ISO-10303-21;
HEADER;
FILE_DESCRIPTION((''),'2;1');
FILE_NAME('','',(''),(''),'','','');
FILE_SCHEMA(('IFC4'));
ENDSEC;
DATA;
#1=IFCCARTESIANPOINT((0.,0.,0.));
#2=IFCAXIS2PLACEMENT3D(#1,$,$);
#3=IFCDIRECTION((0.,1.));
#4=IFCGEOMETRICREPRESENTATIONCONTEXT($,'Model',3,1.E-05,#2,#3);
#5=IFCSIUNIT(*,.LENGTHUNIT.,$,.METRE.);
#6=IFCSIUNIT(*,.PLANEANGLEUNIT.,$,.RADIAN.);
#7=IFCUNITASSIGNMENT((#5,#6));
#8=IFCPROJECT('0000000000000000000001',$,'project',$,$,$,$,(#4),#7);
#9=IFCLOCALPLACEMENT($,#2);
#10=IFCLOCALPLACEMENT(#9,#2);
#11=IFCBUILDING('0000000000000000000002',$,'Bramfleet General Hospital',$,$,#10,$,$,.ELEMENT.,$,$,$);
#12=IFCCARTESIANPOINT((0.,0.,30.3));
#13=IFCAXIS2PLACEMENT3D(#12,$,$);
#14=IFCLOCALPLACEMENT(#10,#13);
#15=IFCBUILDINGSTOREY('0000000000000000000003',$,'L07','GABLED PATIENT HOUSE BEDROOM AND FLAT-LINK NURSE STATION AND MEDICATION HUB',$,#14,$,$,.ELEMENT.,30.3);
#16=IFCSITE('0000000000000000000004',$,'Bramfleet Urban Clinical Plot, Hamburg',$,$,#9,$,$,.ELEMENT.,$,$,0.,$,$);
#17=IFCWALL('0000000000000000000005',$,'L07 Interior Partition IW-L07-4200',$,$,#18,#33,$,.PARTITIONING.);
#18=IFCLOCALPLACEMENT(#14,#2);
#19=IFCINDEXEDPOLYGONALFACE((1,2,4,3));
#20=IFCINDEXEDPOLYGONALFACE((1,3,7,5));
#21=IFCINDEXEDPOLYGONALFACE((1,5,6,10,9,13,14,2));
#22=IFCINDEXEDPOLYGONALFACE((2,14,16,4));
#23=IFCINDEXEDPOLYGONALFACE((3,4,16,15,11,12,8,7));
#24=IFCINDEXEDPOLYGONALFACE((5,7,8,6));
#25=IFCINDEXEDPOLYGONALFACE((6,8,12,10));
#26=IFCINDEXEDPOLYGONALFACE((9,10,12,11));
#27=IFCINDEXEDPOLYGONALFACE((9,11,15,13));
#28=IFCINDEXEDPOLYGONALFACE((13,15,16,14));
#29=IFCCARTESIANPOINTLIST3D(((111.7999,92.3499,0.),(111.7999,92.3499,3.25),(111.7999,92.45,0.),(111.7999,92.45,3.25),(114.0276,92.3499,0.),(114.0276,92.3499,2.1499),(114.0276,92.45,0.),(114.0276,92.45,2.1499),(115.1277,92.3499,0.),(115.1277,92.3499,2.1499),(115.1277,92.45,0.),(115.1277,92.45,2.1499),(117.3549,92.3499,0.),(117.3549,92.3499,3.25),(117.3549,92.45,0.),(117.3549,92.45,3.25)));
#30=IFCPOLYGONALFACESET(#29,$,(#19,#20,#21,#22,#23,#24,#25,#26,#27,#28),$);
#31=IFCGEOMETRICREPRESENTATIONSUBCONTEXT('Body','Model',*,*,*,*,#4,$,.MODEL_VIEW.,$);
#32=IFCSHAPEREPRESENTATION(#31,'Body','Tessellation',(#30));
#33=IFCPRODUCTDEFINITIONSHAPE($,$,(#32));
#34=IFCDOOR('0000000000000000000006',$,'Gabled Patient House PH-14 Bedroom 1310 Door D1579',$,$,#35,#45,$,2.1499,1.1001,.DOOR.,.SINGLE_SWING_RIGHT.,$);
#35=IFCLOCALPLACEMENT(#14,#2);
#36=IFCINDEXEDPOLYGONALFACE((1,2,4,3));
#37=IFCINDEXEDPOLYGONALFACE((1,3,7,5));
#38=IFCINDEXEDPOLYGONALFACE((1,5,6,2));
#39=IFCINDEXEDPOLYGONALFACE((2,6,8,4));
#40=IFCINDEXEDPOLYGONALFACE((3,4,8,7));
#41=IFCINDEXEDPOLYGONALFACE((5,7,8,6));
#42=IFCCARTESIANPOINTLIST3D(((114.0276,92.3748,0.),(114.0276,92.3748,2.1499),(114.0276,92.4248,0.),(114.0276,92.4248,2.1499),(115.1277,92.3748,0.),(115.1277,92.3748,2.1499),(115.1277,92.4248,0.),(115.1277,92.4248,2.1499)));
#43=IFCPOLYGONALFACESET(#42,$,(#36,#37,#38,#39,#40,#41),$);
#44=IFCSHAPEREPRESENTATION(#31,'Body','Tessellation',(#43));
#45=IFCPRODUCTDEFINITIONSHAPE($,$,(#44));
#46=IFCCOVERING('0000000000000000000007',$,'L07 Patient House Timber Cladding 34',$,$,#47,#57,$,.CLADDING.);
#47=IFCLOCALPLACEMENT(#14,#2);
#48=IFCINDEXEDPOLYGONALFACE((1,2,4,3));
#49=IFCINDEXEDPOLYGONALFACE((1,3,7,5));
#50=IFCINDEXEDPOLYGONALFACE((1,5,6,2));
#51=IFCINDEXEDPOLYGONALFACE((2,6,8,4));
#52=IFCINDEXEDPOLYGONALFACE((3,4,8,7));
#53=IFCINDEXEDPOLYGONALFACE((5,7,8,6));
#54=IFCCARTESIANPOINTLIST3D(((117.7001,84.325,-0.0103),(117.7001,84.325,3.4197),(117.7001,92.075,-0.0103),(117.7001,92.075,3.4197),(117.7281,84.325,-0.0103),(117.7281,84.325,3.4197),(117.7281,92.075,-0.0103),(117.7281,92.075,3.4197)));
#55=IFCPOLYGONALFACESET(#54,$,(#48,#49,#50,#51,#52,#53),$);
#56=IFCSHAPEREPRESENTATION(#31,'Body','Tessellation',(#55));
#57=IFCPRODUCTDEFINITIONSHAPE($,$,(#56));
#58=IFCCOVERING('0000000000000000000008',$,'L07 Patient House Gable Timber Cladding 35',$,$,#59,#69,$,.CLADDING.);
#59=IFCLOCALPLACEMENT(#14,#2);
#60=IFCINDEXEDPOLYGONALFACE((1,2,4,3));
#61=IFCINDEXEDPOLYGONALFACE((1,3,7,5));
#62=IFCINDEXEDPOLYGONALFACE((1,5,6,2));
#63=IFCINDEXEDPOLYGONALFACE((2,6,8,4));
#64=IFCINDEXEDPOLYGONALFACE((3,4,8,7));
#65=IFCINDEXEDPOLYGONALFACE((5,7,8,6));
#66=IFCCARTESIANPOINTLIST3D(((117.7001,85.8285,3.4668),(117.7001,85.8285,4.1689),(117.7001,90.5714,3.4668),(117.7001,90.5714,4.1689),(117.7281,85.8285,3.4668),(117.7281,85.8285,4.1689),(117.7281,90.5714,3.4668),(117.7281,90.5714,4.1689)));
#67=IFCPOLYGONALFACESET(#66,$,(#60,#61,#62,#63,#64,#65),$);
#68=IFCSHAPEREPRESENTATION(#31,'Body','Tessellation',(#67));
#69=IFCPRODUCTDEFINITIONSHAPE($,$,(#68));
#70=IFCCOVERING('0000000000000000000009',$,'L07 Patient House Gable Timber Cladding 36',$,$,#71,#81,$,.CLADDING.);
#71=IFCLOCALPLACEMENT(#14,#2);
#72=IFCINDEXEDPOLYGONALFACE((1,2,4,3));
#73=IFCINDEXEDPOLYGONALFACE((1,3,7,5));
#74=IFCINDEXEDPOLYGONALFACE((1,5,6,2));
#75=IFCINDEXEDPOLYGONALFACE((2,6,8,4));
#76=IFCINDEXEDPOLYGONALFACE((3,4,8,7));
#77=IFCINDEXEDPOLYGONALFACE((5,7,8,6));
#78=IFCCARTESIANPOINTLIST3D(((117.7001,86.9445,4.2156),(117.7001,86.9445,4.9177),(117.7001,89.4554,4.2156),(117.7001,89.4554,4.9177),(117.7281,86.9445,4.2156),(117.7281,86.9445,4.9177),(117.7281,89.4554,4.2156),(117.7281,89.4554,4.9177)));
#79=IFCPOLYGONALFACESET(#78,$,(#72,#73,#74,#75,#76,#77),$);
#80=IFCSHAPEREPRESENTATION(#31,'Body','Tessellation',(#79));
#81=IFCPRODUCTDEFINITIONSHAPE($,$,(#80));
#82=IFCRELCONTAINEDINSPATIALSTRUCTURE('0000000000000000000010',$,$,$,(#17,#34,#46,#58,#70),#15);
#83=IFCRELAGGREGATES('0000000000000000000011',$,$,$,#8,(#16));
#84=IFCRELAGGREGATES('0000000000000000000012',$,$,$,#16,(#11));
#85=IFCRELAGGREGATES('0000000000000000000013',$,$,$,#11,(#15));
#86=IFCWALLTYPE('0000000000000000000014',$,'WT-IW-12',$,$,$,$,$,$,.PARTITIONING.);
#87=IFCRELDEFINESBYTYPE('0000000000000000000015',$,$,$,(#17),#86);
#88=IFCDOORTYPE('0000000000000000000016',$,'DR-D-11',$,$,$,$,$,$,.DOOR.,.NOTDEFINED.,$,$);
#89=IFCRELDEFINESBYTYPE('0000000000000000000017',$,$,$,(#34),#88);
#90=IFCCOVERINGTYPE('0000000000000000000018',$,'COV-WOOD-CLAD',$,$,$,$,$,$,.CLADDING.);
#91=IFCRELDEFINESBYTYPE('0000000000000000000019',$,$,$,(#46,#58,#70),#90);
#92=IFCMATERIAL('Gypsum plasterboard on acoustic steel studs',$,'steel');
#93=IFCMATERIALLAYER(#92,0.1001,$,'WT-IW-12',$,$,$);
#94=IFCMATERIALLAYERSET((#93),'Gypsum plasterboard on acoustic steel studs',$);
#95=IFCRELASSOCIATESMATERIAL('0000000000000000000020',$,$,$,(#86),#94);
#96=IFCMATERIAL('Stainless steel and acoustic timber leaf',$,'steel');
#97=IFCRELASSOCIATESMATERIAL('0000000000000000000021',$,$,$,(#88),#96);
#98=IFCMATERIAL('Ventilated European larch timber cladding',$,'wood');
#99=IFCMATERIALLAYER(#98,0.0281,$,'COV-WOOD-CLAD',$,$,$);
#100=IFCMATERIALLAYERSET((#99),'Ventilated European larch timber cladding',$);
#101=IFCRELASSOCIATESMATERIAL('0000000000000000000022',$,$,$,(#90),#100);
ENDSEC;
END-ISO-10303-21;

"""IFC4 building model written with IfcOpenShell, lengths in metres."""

from ifc_helpers import new_model, si_unit, direction, frame, frame_2d, origin, origin_2d, place, context, subcontext, project, spatial, rectangle, extrude, material, layer, layer_set, type_object, element, fill, save


model = new_model("IFC4")

# Units and contexts
model_context = context("Model", 3, precision=1e-05, world=origin(), true_north=direction((0.0, 1.0)))
body_context = subcontext(model_context, "Body", "Model", "MODEL_VIEW")
ifc_project = project(units=[si_unit("LENGTHUNIT", "METRE"), si_unit("PLANEANGLEUNIT", "RADIAN")], contexts=[model_context])

# Site, building, storey
site_placement = place(None, origin())
site = spatial("IfcSite", under=ifc_project, at=site_placement, Name="Bramfleet Urban Clinical Plot, Hamburg", CompositionType="ELEMENT", RefElevation=0.0)
building_placement = place(site_placement, origin())
building = spatial("IfcBuilding", under=site, at=building_placement, Name="Bramfleet General Hospital", CompositionType="ELEMENT")
storey_placement = place(building_placement, frame((0.0, 0.0, 30.3)))
storey = spatial("IfcBuildingStorey", under=building, at=storey_placement, Name="L07", Description="GABLED PATIENT HOUSE BEDROOM AND FLAT-LINK NURSE STATION AND MEDICATION HUB", CompositionType="ELEMENT", Elevation=30.3)

# Shared definitions
ifc_material_1 = material(Name="Gypsum plasterboard on acoustic steel studs", Category="steel")

# Shared definitions
ifc_material_2 = material(Name="Stainless steel and acoustic timber leaf", Category="steel")

# Wall, opening, door
ifc_layer_1 = layer(ifc_material_1, 0.1001, Name="WT-IW-12")
ifc_layer_set_1 = layer_set([ifc_layer_1], Name="Gypsum plasterboard on acoustic steel studs")
wall_type_1 = type_object("IfcWallType", Name="WT-IW-12", PredefinedType="PARTITIONING", material=ifc_layer_set_1)
wall_1_placement = place(storey_placement, frame((111.8, 92.3999, 0.0), z_axis=(0.0, 0.0, 1.0), x_axis=(1.0, 0.0, 0.0)))
wall_1 = element("IfcWall", 1, at=wall_1_placement, inside=storey, type_object=wall_type_1, Name="L07 Interior Partition IW-L07-4200", PredefinedType="PARTITIONING", context=body_context, shape_type="SweptSolid", body=[
    extrude(rectangle(XDim=5.5549, YDim=0.1001, at=frame_2d((2.7773, 0.0))), origin(), (0.0, 0.0, 1.0), 3.25),
])
opening_1_placement = place(wall_1_placement, frame((2.2275, 0.0, 0.0)))
opening_1 = element("IfcOpeningElement", 2, at=opening_1_placement, cuts=wall_1, PredefinedType="OPENING", context=body_context, shape_type="SweptSolid", body=[
    extrude(rectangle(XDim=1.1001, YDim=2.1499, at=frame_2d((0.55, 1.075))), frame((0.0, 0.0601, 0.0), z_axis=(0.0, -1.0, 0.0), x_axis=(1.0, 0.0, 0.0)), (0.0, 0.0, 1.0), 0.1201),
])
door_type_1 = type_object("IfcDoorType", Name="DR-D-11", OperationType="NOTDEFINED", PredefinedType="DOOR", material=ifc_material_2)
door_1_placement = place(opening_1_placement, origin())
door_1 = element("IfcDoor", 3, at=door_1_placement, inside=storey, type_object=door_type_1, Name="Gabled Patient House PH-14 Bedroom 1310 Door D1579", OperationType="SINGLE_SWING_RIGHT", OverallHeight=2.1499, OverallWidth=1.1001, PredefinedType="DOOR", context=body_context, shape_type="SweptSolid", body=[
    extrude(rectangle(XDim=1.1001, YDim=2.1499, at=frame_2d((0.55, 1.075))), frame((0.0, 0.0249, 0.0), z_axis=(0.0, -1.0, 0.0), x_axis=(1.0, 0.0, 0.0)), (0.0, 0.0, 1.0), 0.05),
])
fill(opening_1, door_1)

# Coverings
ifc_material_3 = material(Name="Ventilated European larch timber cladding", Category="wood")
ifc_layer_2 = layer(ifc_material_3, 0.0281, Name="COV-WOOD-CLAD")
ifc_layer_set_2 = layer_set([ifc_layer_2], Name="Ventilated European larch timber cladding")
covering_type = type_object("IfcCoveringType", Name="COV-WOOD-CLAD", PredefinedType="CLADDING", material=ifc_layer_set_2)
covering_1_placement = place(storey_placement, frame((117.7141, 88.2, -0.0103), z_axis=(0.0, 0.0, 1.0), x_axis=(0.0, -1.0, 0.0)))
element("IfcCovering", 4, at=covering_1_placement, inside=storey, type_object=covering_type, Name="L07 Patient House Timber Cladding 34", PredefinedType="CLADDING", context=body_context, shape_type="SweptSolid", body=[
    extrude(rectangle(XDim=7.75, YDim=0.0281, at=origin_2d()), origin(), (0.0, 0.0, 1.0), 3.4299),
])
covering_2_placement = place(storey_placement, frame((117.7141, 88.2, 3.4668), z_axis=(0.0, 0.0, 1.0), x_axis=(0.0, -1.0, 0.0)))
element("IfcCovering", 5, at=covering_2_placement, inside=storey, type_object=covering_type, Name="L07 Patient House Gable Timber Cladding 35", PredefinedType="CLADDING", context=body_context, shape_type="SweptSolid", body=[
    extrude(rectangle(XDim=4.7429, YDim=0.0281, at=origin_2d()), origin(), (0.0, 0.0, 1.0), 0.7021),
])
covering_3_placement = place(storey_placement, frame((117.7141, 88.2, 4.2156), z_axis=(0.0, 0.0, 1.0), x_axis=(0.0, -1.0, 0.0)))
element("IfcCovering", 6, at=covering_3_placement, inside=storey, type_object=covering_type, Name="L07 Patient House Gable Timber Cladding 36", PredefinedType="CLADDING", context=body_context, shape_type="SweptSolid", body=[
    extrude(rectangle(XDim=2.511, YDim=0.0281, at=origin_2d()), origin(), (0.0, 0.0, 1.0), 0.7021),
])

save(model, "model.ifc")
